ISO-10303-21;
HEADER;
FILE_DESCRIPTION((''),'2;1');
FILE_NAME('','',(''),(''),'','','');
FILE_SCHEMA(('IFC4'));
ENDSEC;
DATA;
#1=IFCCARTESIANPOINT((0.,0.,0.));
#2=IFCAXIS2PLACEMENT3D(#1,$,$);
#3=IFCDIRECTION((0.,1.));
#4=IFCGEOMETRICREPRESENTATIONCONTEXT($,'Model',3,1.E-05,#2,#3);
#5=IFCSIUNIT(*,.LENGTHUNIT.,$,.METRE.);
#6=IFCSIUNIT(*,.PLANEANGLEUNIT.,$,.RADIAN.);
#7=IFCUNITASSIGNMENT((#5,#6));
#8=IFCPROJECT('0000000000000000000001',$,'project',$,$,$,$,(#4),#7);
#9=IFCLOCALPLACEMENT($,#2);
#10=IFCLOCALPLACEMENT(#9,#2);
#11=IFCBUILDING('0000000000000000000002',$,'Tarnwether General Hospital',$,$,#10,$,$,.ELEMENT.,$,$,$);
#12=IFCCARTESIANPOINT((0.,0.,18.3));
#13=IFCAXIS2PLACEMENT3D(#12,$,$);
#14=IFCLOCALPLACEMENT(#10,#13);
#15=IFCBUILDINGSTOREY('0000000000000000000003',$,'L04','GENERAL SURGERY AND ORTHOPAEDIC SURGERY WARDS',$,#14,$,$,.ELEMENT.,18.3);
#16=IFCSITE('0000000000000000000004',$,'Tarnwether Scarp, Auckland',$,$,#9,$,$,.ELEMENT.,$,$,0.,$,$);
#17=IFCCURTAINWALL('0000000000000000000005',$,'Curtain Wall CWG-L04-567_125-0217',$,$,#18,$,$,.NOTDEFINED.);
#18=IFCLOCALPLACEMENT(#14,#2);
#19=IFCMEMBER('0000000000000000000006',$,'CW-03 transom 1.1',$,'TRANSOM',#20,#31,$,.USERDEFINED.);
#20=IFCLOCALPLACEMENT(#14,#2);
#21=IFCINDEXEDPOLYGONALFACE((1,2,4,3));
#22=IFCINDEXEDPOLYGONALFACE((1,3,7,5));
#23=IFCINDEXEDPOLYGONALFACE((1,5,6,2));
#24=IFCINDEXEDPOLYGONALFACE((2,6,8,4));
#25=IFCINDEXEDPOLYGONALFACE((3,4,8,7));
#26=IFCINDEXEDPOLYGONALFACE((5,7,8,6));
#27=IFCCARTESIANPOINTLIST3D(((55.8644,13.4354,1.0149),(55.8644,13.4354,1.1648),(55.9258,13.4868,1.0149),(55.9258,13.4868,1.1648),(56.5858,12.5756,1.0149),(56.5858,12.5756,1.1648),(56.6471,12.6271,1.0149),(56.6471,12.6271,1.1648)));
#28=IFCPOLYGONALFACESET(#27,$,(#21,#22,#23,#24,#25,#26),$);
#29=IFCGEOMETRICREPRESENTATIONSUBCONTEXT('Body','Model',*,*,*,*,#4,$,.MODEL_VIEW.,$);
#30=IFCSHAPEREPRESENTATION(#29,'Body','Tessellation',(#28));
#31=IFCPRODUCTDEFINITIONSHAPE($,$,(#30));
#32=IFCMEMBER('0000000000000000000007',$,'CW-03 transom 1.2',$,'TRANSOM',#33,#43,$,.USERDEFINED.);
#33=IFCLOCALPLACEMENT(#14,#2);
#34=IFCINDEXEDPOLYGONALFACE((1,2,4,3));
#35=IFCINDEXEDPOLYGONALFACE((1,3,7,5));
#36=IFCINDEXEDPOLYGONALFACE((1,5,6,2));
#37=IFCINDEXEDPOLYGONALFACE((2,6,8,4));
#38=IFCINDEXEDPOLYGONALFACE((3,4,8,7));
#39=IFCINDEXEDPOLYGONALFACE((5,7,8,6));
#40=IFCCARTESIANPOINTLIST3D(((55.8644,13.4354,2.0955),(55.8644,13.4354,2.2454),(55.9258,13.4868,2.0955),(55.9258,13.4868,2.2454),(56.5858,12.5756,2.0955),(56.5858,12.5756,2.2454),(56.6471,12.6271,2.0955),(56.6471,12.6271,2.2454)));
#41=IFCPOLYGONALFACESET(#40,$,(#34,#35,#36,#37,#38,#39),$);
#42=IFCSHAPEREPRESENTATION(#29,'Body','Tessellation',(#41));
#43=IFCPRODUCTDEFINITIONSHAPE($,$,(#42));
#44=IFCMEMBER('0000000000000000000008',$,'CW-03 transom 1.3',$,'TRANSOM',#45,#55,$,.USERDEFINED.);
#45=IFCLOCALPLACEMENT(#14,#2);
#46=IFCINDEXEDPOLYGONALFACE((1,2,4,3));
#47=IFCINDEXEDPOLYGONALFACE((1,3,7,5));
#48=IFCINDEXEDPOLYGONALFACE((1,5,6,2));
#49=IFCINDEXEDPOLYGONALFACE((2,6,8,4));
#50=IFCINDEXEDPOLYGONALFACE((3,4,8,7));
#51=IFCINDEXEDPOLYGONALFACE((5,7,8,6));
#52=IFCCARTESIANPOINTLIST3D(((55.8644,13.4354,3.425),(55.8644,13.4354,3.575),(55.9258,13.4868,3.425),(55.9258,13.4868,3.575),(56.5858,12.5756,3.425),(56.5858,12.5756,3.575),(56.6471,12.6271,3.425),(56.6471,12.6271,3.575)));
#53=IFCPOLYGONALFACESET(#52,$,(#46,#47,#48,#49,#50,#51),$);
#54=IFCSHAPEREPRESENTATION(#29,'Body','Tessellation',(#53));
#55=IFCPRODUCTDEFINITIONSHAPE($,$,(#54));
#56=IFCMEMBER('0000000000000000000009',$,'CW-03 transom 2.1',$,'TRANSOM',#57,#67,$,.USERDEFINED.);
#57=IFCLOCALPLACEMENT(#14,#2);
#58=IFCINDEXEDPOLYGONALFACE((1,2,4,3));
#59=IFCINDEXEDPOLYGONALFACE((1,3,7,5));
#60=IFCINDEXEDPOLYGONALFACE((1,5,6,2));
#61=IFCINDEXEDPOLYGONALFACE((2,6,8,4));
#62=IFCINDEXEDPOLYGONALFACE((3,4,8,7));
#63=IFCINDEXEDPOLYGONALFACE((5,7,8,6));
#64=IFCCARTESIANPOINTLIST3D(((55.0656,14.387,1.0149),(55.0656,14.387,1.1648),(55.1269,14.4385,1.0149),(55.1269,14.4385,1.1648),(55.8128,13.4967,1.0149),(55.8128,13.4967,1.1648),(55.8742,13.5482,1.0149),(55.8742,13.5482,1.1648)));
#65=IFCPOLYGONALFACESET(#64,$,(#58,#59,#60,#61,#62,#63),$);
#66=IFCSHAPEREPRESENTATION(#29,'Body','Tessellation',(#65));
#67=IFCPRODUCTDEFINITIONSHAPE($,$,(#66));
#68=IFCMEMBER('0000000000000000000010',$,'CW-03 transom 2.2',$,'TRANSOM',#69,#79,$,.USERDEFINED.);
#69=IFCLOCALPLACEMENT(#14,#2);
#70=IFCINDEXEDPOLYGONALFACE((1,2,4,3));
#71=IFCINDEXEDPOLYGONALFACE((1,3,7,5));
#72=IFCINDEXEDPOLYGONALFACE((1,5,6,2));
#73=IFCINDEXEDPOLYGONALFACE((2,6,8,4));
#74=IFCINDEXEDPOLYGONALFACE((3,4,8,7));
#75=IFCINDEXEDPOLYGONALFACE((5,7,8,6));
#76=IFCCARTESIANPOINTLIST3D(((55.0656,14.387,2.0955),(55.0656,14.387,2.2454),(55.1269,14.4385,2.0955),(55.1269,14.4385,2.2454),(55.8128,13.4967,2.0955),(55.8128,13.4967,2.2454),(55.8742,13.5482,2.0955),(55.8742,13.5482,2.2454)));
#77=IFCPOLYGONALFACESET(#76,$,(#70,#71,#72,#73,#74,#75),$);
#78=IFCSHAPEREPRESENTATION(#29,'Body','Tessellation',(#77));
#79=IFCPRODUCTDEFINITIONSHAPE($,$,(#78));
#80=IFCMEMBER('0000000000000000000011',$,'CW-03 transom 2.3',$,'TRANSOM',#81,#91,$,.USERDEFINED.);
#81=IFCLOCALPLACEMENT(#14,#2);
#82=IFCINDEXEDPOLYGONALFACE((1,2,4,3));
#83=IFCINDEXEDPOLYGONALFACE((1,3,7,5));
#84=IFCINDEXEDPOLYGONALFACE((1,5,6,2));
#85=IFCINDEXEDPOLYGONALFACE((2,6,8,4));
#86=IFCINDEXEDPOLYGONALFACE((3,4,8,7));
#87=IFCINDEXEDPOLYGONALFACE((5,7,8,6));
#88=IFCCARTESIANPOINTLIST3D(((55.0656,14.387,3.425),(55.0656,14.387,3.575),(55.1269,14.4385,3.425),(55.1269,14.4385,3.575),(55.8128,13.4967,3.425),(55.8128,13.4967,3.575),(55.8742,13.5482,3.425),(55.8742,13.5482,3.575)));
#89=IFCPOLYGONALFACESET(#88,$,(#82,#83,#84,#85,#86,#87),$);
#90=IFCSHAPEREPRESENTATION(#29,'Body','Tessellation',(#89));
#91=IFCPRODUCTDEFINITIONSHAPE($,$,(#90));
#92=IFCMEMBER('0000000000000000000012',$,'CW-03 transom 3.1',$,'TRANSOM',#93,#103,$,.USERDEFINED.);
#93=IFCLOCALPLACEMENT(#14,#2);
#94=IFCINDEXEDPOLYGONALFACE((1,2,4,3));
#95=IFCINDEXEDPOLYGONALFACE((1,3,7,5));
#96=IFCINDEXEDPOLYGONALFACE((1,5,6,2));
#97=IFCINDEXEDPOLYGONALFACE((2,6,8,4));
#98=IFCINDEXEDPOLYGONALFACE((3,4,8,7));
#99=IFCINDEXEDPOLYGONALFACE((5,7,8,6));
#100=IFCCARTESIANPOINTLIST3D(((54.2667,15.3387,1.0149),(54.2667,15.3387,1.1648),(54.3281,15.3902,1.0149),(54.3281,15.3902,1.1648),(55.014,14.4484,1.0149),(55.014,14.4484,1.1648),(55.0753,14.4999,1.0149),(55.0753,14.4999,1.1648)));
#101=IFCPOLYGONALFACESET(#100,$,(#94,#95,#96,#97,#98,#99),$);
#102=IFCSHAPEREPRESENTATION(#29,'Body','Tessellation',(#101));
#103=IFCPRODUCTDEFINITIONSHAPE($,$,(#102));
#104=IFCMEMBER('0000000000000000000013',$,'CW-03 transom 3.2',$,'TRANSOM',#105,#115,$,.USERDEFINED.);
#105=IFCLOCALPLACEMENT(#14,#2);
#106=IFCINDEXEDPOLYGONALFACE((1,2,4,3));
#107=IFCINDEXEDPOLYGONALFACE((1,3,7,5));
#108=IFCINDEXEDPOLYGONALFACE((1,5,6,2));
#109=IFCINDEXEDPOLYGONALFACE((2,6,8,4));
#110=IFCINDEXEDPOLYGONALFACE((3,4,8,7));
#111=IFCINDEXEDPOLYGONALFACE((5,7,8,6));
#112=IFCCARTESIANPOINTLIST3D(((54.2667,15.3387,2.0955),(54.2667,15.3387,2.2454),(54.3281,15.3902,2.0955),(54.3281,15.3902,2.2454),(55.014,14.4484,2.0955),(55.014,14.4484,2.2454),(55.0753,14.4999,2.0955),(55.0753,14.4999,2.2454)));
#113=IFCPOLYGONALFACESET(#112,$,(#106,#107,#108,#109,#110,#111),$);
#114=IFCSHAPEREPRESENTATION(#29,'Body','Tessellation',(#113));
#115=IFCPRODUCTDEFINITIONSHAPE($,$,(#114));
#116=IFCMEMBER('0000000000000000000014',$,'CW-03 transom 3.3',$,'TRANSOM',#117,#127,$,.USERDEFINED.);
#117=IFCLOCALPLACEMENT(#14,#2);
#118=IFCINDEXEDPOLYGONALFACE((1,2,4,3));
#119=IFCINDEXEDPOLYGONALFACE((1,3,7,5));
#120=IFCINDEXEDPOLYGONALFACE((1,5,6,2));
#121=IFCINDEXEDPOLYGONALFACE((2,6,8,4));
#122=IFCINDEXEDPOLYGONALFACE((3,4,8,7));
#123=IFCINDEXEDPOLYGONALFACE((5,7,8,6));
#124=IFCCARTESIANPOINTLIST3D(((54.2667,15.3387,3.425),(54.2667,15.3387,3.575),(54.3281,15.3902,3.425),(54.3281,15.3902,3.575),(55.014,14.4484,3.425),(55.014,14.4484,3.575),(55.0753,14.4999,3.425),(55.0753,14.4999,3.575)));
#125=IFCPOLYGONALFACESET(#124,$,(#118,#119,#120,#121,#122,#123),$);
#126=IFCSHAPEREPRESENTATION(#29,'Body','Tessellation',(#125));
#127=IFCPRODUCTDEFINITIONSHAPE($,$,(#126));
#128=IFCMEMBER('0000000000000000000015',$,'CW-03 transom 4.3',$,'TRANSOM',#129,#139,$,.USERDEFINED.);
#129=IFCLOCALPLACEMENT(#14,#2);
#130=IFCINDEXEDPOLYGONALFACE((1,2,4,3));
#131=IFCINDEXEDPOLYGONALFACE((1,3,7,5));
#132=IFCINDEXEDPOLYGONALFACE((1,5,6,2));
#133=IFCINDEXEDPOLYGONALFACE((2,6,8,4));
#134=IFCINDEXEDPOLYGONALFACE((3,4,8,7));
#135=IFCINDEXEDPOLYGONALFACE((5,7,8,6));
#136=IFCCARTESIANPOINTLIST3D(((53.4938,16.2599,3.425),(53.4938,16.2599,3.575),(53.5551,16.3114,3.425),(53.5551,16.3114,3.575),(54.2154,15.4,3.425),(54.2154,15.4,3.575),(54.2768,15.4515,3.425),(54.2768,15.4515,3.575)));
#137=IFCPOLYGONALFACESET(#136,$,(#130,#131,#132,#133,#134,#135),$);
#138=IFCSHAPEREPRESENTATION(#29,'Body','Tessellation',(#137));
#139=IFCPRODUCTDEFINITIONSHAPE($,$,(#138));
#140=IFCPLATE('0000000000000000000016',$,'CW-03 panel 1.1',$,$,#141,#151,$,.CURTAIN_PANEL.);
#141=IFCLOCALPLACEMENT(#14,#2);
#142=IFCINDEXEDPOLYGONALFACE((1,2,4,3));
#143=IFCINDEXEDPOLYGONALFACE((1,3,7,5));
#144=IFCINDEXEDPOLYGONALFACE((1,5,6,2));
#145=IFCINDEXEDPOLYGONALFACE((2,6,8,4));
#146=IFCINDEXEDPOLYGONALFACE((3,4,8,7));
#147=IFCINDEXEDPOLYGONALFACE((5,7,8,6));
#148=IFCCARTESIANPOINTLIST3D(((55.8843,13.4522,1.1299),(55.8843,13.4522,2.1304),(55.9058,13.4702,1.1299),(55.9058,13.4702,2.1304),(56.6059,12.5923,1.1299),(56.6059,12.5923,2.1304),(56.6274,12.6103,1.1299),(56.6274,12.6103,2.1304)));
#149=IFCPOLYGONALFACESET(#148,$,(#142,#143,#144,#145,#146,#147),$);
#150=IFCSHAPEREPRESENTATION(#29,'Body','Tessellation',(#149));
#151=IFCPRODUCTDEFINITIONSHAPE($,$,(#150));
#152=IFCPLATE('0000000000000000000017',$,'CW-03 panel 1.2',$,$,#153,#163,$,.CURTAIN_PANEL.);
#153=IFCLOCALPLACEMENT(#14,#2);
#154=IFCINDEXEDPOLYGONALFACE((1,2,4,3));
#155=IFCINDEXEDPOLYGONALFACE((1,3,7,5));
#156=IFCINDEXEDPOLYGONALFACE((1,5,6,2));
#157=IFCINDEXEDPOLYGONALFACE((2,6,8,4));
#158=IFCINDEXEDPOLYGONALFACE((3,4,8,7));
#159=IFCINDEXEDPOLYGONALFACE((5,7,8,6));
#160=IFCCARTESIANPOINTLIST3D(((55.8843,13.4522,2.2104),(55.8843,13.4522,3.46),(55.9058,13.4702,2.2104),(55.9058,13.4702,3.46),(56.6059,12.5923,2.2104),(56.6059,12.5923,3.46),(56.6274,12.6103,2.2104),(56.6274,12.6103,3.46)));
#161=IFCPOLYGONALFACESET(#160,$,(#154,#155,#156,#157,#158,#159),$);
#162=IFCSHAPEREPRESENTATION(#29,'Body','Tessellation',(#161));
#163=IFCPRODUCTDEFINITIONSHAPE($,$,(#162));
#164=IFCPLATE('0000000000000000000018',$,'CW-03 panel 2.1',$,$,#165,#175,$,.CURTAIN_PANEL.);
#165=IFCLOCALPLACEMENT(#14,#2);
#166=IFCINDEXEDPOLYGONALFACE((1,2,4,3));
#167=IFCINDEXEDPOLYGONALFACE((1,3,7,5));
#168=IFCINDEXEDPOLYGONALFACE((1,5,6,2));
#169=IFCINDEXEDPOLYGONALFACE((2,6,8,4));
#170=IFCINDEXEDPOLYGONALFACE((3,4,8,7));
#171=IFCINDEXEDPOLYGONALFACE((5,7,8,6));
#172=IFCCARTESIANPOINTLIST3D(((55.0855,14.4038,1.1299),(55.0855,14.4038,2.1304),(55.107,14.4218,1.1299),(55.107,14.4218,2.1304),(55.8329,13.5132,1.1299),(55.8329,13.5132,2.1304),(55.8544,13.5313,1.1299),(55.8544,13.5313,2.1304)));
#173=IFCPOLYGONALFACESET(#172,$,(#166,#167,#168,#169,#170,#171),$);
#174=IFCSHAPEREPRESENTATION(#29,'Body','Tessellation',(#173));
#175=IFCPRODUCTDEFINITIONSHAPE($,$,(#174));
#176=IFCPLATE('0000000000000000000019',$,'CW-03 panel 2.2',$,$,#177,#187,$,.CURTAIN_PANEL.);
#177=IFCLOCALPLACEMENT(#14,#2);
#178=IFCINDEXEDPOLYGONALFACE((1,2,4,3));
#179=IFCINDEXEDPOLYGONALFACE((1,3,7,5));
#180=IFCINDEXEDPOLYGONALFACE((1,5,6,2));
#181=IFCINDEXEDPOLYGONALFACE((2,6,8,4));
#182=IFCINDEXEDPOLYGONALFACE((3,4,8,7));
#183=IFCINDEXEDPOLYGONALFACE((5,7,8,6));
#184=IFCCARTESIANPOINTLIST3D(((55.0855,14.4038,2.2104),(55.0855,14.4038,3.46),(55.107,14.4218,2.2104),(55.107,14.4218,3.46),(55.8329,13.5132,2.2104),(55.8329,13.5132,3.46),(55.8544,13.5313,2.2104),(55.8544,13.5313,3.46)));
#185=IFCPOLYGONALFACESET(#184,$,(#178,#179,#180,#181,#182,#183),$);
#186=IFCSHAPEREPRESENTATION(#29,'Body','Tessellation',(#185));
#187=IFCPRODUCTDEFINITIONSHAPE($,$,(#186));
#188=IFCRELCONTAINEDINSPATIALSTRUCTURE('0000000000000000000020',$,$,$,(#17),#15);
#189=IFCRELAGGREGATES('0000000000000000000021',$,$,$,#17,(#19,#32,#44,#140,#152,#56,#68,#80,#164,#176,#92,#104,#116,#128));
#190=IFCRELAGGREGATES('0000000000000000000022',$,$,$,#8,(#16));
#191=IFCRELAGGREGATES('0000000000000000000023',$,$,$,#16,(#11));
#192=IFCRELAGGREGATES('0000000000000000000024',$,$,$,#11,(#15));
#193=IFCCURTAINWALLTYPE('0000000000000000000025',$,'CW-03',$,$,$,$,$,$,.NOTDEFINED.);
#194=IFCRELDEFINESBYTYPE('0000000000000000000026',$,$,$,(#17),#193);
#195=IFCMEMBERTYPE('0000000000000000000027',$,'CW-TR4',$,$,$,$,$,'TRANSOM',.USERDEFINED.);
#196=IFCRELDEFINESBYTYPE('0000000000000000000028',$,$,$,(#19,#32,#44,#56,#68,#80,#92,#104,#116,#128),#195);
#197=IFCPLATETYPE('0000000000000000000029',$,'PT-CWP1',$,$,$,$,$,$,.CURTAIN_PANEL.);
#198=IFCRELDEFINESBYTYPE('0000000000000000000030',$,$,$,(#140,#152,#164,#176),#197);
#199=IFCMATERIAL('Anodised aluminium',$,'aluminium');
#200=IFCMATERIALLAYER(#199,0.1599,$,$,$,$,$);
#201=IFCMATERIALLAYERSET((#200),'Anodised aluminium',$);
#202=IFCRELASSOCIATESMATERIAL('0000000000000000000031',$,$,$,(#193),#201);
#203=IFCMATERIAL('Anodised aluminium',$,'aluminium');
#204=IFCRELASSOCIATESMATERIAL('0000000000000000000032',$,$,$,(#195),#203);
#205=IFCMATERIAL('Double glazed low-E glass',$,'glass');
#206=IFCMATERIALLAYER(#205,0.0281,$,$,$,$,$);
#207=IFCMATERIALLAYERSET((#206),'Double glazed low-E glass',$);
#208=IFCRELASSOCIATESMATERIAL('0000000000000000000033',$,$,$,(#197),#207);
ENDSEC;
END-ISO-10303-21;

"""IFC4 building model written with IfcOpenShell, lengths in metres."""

from ifc_helpers import new_model, si_unit, direction, frame, origin, origin_2d, place, context, subcontext, project, spatial, rectangle, extrude, material, layer, layer_set, material_profile, profile_set, type_object, element, aggregate, save


model = new_model("IFC4")

# Units and contexts
model_context = context("Model", 3, precision=1e-05, world=origin(), true_north=direction((0.0, 1.0)))
body_context = subcontext(model_context, "Body", "Model", "MODEL_VIEW")
ifc_project = project(units=[si_unit("LENGTHUNIT", "METRE"), si_unit("PLANEANGLEUNIT", "RADIAN")], contexts=[model_context])

# Site, building, storey
site_placement = place(None, origin())
site = spatial("IfcSite", under=ifc_project, at=site_placement, Name="Tarnwether Scarp, Auckland", CompositionType="ELEMENT", RefElevation=0.0)
building_placement = place(site_placement, origin())
building = spatial("IfcBuilding", under=site, at=building_placement, Name="Tarnwether General Hospital", CompositionType="ELEMENT")
storey_placement = place(building_placement, frame((0.0, 0.0, 18.3)))
storey = spatial("IfcBuildingStorey", under=building, at=storey_placement, Name="L04", Description="GENERAL SURGERY AND ORTHOPAEDIC SURGERY WARDS", CompositionType="ELEMENT", Elevation=18.3)

# Curtain wall
ifc_material_1 = material(Name="Anodised aluminium", Category="aluminium")
ifc_layer_1 = layer(ifc_material_1, 0.1599)
ifc_layer_set_1 = layer_set([ifc_layer_1], Name="Anodised aluminium")
curtain_wall_type_1 = type_object("IfcCurtainWallType", Name="CW-03", PredefinedType="NOTDEFINED", material=ifc_layer_set_1)
curtain_wall_1_placement = place(storey_placement, origin())
curtain_wall_1 = element("IfcCurtainWall", 1, at=curtain_wall_1_placement, inside=storey, type_object=curtain_wall_type_1, Name="Curtain Wall CWG-L04-567_125-0217", PredefinedType="NOTDEFINED")

# Members
ifc_material_2 = material(Name="Anodised aluminium", Category="aluminium")
ifc_material_profile_1 = material_profile(ifc_material_2, rectangle(XDim=0.0801, YDim=0.1499, at=origin_2d()), Name="ALU-TRN-80x150")
ifc_profile_set_1 = profile_set([ifc_material_profile_1], Name="Anodised aluminium")
member_type_1 = type_object("IfcMemberType", Name="CW-TR4", ElementType="TRANSOM", PredefinedType="USERDEFINED", material=ifc_profile_set_1)
member_1_placement = place(storey_placement, frame((56.6165, 12.6013, 1.0898), z_axis=(-0.642748, 0.766078, 0.0), x_axis=(-0.766078, -0.642748, 0.0)))
member_1 = element("IfcMember", 2, at=member_1_placement, type_object=member_type_1, Name="CW-03 transom 1.1", ObjectType="TRANSOM", PredefinedType="USERDEFINED", context=body_context, shape_type="SweptSolid", body=[
    extrude(rectangle(XDim=0.0801, YDim=0.1499, at=origin_2d()), origin(), (0.0, 0.0, 1.0), 1.1223),
])
member_2_placement = place(storey_placement, frame((56.6165, 12.6013, 2.1704), z_axis=(-0.642748, 0.766078, 0.0), x_axis=(-0.766078, -0.642748, 0.0)))
member_2 = element("IfcMember", 3, at=member_2_placement, type_object=member_type_1, Name="CW-03 transom 1.2", ObjectType="TRANSOM", PredefinedType="USERDEFINED", context=body_context, shape_type="SweptSolid", body=[
    extrude(rectangle(XDim=0.0801, YDim=0.1499, at=origin_2d()), origin(), (0.0, 0.0, 1.0), 1.1223),
])
member_3_placement = place(storey_placement, frame((56.6165, 12.6013, 3.5), z_axis=(-0.642748, 0.766078, 0.0), x_axis=(-0.766078, -0.642748, 0.0)))
member_3 = element("IfcMember", 4, at=member_3_placement, type_object=member_type_1, Name="CW-03 transom 1.3", ObjectType="TRANSOM", PredefinedType="USERDEFINED", context=body_context, shape_type="SweptSolid", body=[
    extrude(rectangle(XDim=0.0801, YDim=0.1499, at=origin_2d()), origin(), (0.0, 0.0, 1.0), 1.1223),
])
member_4_placement = place(storey_placement, frame((55.8435, 13.5225, 1.0898), z_axis=(-0.642887, 0.765961, 0.0), x_axis=(-0.765961, -0.642887, 0.0)))
member_4 = element("IfcMember", 5, at=member_4_placement, type_object=member_type_1, Name="CW-03 transom 2.1", ObjectType="TRANSOM", PredefinedType="USERDEFINED", context=body_context, shape_type="SweptSolid", body=[
    extrude(rectangle(XDim=0.0801, YDim=0.1499, at=origin_2d()), origin(), (0.0, 0.0, 1.0), 1.1624),
])
member_5_placement = place(storey_placement, frame((55.8435, 13.5225, 2.1704), z_axis=(-0.642887, 0.765961, 0.0), x_axis=(-0.765961, -0.642887, 0.0)))
member_5 = element("IfcMember", 6, at=member_5_placement, type_object=member_type_1, Name="CW-03 transom 2.2", ObjectType="TRANSOM", PredefinedType="USERDEFINED", context=body_context, shape_type="SweptSolid", body=[
    extrude(rectangle(XDim=0.0801, YDim=0.1499, at=origin_2d()), origin(), (0.0, 0.0, 1.0), 1.1624),
])
member_6_placement = place(storey_placement, frame((55.8435, 13.5225, 3.5), z_axis=(-0.642887, 0.765961, 0.0), x_axis=(-0.765961, -0.642887, 0.0)))
member_6 = element("IfcMember", 7, at=member_6_placement, type_object=member_type_1, Name="CW-03 transom 2.3", ObjectType="TRANSOM", PredefinedType="USERDEFINED", context=body_context, shape_type="SweptSolid", body=[
    extrude(rectangle(XDim=0.0801, YDim=0.1499, at=origin_2d()), origin(), (0.0, 0.0, 1.0), 1.1624),
])
member_7_placement = place(storey_placement, frame((55.0447, 14.4741, 1.0898), z_axis=(-0.642887, 0.765961, 0.0), x_axis=(-0.765961, -0.642887, 0.0)))
member_7 = element("IfcMember", 8, at=member_7_placement, type_object=member_type_1, Name="CW-03 transom 3.1", ObjectType="TRANSOM", PredefinedType="USERDEFINED", context=body_context, shape_type="SweptSolid", body=[
    extrude(rectangle(XDim=0.0801, YDim=0.1499, at=origin_2d()), origin(), (0.0, 0.0, 1.0), 1.1624),
])
member_8_placement = place(storey_placement, frame((55.0447, 14.4741, 2.1704), z_axis=(-0.642887, 0.765961, 0.0), x_axis=(-0.765961, -0.642887, 0.0)))
member_8 = element("IfcMember", 9, at=member_8_placement, type_object=member_type_1, Name="CW-03 transom 3.2", ObjectType="TRANSOM", PredefinedType="USERDEFINED", context=body_context, shape_type="SweptSolid", body=[
    extrude(rectangle(XDim=0.0801, YDim=0.1499, at=origin_2d()), origin(), (0.0, 0.0, 1.0), 1.1624),
])
member_9_placement = place(storey_placement, frame((55.0447, 14.4741, 3.5), z_axis=(-0.642887, 0.765961, 0.0), x_axis=(-0.765961, -0.642887, 0.0)))
member_9 = element("IfcMember", 10, at=member_9_placement, type_object=member_type_1, Name="CW-03 transom 3.3", ObjectType="TRANSOM", PredefinedType="USERDEFINED", context=body_context, shape_type="SweptSolid", body=[
    extrude(rectangle(XDim=0.0801, YDim=0.1499, at=origin_2d()), origin(), (0.0, 0.0, 1.0), 1.1624),
])
member_10_placement = place(storey_placement, frame((54.2461, 15.4258, 3.5), z_axis=(-0.642876, 0.76597, 0.0), x_axis=(-0.76597, -0.642876, 0.0)))
member_10 = element("IfcMember", 11, at=member_10_placement, type_object=member_type_1, Name="CW-03 transom 4.3", ObjectType="TRANSOM", PredefinedType="USERDEFINED", context=body_context, shape_type="SweptSolid", body=[
    extrude(rectangle(XDim=0.0801, YDim=0.1499, at=origin_2d()), origin(), (0.0, 0.0, 1.0), 1.1226),
])

# Plates
ifc_material_3 = material(Name="Double glazed low-E glass", Category="glass")
ifc_layer_2 = layer(ifc_material_3, 0.0281)
ifc_layer_set_2 = layer_set([ifc_layer_2], Name="Double glazed low-E glass")
plate_type_1 = type_object("IfcPlateType", Name="PT-CWP1", PredefinedType="CURTAIN_PANEL", material=ifc_layer_set_2)
plate_1_placement = place(storey_placement, frame((56.2559, 13.0312, 1.1299), z_axis=(0.0, 0.0, 1.0), x_axis=(-0.642852, 0.76599, 0.0)))
plate_1 = element("IfcPlate", 12, at=plate_1_placement, type_object=plate_type_1, Name="CW-03 panel 1.1", PredefinedType="CURTAIN_PANEL", context=body_context, shape_type="SweptSolid", body=[
    extrude(rectangle(XDim=1.1226, YDim=0.0281, at=origin_2d()), origin(), (0.0, 0.0, 1.0), 1.0005),
])
plate_2_placement = place(storey_placement, frame((56.2559, 13.0312, 2.2104), z_axis=(0.0, 0.0, 1.0), x_axis=(-0.642852, 0.76599, 0.0)))
plate_2 = element("IfcPlate", 13, at=plate_2_placement, type_object=plate_type_1, Name="CW-03 panel 1.2", PredefinedType="CURTAIN_PANEL", context=body_context, shape_type="SweptSolid", body=[
    extrude(rectangle(XDim=1.1226, YDim=0.0281, at=origin_2d()), origin(), (0.0, 0.0, 1.0), 1.2495),
])
plate_3_placement = place(storey_placement, frame((55.47, 13.9675, 1.1299), z_axis=(0.0, 0.0, 1.0), x_axis=(-0.642852, 0.76599, 0.0)))
plate_3 = element("IfcPlate", 14, at=plate_3_placement, type_object=plate_type_1, Name="CW-03 panel 2.1", PredefinedType="CURTAIN_PANEL", context=body_context, shape_type="SweptSolid", body=[
    extrude(rectangle(XDim=1.1626, YDim=0.0281, at=origin_2d()), origin(), (0.0, 0.0, 1.0), 1.0005),
])
plate_4_placement = place(storey_placement, frame((55.47, 13.9675, 2.2104), z_axis=(0.0, 0.0, 1.0), x_axis=(-0.642852, 0.76599, 0.0)))
plate_4 = element("IfcPlate", 15, at=plate_4_placement, type_object=plate_type_1, Name="CW-03 panel 2.2", PredefinedType="CURTAIN_PANEL", context=body_context, shape_type="SweptSolid", body=[
    extrude(rectangle(XDim=1.1626, YDim=0.0281, at=origin_2d()), origin(), (0.0, 0.0, 1.0), 1.2495),
])
aggregate(curtain_wall_1, [member_1, member_2, member_3, plate_1, plate_2, member_4, member_5, member_6, plate_3, plate_4, member_7, member_8, member_9, member_10])

save(model, "model.ifc")
